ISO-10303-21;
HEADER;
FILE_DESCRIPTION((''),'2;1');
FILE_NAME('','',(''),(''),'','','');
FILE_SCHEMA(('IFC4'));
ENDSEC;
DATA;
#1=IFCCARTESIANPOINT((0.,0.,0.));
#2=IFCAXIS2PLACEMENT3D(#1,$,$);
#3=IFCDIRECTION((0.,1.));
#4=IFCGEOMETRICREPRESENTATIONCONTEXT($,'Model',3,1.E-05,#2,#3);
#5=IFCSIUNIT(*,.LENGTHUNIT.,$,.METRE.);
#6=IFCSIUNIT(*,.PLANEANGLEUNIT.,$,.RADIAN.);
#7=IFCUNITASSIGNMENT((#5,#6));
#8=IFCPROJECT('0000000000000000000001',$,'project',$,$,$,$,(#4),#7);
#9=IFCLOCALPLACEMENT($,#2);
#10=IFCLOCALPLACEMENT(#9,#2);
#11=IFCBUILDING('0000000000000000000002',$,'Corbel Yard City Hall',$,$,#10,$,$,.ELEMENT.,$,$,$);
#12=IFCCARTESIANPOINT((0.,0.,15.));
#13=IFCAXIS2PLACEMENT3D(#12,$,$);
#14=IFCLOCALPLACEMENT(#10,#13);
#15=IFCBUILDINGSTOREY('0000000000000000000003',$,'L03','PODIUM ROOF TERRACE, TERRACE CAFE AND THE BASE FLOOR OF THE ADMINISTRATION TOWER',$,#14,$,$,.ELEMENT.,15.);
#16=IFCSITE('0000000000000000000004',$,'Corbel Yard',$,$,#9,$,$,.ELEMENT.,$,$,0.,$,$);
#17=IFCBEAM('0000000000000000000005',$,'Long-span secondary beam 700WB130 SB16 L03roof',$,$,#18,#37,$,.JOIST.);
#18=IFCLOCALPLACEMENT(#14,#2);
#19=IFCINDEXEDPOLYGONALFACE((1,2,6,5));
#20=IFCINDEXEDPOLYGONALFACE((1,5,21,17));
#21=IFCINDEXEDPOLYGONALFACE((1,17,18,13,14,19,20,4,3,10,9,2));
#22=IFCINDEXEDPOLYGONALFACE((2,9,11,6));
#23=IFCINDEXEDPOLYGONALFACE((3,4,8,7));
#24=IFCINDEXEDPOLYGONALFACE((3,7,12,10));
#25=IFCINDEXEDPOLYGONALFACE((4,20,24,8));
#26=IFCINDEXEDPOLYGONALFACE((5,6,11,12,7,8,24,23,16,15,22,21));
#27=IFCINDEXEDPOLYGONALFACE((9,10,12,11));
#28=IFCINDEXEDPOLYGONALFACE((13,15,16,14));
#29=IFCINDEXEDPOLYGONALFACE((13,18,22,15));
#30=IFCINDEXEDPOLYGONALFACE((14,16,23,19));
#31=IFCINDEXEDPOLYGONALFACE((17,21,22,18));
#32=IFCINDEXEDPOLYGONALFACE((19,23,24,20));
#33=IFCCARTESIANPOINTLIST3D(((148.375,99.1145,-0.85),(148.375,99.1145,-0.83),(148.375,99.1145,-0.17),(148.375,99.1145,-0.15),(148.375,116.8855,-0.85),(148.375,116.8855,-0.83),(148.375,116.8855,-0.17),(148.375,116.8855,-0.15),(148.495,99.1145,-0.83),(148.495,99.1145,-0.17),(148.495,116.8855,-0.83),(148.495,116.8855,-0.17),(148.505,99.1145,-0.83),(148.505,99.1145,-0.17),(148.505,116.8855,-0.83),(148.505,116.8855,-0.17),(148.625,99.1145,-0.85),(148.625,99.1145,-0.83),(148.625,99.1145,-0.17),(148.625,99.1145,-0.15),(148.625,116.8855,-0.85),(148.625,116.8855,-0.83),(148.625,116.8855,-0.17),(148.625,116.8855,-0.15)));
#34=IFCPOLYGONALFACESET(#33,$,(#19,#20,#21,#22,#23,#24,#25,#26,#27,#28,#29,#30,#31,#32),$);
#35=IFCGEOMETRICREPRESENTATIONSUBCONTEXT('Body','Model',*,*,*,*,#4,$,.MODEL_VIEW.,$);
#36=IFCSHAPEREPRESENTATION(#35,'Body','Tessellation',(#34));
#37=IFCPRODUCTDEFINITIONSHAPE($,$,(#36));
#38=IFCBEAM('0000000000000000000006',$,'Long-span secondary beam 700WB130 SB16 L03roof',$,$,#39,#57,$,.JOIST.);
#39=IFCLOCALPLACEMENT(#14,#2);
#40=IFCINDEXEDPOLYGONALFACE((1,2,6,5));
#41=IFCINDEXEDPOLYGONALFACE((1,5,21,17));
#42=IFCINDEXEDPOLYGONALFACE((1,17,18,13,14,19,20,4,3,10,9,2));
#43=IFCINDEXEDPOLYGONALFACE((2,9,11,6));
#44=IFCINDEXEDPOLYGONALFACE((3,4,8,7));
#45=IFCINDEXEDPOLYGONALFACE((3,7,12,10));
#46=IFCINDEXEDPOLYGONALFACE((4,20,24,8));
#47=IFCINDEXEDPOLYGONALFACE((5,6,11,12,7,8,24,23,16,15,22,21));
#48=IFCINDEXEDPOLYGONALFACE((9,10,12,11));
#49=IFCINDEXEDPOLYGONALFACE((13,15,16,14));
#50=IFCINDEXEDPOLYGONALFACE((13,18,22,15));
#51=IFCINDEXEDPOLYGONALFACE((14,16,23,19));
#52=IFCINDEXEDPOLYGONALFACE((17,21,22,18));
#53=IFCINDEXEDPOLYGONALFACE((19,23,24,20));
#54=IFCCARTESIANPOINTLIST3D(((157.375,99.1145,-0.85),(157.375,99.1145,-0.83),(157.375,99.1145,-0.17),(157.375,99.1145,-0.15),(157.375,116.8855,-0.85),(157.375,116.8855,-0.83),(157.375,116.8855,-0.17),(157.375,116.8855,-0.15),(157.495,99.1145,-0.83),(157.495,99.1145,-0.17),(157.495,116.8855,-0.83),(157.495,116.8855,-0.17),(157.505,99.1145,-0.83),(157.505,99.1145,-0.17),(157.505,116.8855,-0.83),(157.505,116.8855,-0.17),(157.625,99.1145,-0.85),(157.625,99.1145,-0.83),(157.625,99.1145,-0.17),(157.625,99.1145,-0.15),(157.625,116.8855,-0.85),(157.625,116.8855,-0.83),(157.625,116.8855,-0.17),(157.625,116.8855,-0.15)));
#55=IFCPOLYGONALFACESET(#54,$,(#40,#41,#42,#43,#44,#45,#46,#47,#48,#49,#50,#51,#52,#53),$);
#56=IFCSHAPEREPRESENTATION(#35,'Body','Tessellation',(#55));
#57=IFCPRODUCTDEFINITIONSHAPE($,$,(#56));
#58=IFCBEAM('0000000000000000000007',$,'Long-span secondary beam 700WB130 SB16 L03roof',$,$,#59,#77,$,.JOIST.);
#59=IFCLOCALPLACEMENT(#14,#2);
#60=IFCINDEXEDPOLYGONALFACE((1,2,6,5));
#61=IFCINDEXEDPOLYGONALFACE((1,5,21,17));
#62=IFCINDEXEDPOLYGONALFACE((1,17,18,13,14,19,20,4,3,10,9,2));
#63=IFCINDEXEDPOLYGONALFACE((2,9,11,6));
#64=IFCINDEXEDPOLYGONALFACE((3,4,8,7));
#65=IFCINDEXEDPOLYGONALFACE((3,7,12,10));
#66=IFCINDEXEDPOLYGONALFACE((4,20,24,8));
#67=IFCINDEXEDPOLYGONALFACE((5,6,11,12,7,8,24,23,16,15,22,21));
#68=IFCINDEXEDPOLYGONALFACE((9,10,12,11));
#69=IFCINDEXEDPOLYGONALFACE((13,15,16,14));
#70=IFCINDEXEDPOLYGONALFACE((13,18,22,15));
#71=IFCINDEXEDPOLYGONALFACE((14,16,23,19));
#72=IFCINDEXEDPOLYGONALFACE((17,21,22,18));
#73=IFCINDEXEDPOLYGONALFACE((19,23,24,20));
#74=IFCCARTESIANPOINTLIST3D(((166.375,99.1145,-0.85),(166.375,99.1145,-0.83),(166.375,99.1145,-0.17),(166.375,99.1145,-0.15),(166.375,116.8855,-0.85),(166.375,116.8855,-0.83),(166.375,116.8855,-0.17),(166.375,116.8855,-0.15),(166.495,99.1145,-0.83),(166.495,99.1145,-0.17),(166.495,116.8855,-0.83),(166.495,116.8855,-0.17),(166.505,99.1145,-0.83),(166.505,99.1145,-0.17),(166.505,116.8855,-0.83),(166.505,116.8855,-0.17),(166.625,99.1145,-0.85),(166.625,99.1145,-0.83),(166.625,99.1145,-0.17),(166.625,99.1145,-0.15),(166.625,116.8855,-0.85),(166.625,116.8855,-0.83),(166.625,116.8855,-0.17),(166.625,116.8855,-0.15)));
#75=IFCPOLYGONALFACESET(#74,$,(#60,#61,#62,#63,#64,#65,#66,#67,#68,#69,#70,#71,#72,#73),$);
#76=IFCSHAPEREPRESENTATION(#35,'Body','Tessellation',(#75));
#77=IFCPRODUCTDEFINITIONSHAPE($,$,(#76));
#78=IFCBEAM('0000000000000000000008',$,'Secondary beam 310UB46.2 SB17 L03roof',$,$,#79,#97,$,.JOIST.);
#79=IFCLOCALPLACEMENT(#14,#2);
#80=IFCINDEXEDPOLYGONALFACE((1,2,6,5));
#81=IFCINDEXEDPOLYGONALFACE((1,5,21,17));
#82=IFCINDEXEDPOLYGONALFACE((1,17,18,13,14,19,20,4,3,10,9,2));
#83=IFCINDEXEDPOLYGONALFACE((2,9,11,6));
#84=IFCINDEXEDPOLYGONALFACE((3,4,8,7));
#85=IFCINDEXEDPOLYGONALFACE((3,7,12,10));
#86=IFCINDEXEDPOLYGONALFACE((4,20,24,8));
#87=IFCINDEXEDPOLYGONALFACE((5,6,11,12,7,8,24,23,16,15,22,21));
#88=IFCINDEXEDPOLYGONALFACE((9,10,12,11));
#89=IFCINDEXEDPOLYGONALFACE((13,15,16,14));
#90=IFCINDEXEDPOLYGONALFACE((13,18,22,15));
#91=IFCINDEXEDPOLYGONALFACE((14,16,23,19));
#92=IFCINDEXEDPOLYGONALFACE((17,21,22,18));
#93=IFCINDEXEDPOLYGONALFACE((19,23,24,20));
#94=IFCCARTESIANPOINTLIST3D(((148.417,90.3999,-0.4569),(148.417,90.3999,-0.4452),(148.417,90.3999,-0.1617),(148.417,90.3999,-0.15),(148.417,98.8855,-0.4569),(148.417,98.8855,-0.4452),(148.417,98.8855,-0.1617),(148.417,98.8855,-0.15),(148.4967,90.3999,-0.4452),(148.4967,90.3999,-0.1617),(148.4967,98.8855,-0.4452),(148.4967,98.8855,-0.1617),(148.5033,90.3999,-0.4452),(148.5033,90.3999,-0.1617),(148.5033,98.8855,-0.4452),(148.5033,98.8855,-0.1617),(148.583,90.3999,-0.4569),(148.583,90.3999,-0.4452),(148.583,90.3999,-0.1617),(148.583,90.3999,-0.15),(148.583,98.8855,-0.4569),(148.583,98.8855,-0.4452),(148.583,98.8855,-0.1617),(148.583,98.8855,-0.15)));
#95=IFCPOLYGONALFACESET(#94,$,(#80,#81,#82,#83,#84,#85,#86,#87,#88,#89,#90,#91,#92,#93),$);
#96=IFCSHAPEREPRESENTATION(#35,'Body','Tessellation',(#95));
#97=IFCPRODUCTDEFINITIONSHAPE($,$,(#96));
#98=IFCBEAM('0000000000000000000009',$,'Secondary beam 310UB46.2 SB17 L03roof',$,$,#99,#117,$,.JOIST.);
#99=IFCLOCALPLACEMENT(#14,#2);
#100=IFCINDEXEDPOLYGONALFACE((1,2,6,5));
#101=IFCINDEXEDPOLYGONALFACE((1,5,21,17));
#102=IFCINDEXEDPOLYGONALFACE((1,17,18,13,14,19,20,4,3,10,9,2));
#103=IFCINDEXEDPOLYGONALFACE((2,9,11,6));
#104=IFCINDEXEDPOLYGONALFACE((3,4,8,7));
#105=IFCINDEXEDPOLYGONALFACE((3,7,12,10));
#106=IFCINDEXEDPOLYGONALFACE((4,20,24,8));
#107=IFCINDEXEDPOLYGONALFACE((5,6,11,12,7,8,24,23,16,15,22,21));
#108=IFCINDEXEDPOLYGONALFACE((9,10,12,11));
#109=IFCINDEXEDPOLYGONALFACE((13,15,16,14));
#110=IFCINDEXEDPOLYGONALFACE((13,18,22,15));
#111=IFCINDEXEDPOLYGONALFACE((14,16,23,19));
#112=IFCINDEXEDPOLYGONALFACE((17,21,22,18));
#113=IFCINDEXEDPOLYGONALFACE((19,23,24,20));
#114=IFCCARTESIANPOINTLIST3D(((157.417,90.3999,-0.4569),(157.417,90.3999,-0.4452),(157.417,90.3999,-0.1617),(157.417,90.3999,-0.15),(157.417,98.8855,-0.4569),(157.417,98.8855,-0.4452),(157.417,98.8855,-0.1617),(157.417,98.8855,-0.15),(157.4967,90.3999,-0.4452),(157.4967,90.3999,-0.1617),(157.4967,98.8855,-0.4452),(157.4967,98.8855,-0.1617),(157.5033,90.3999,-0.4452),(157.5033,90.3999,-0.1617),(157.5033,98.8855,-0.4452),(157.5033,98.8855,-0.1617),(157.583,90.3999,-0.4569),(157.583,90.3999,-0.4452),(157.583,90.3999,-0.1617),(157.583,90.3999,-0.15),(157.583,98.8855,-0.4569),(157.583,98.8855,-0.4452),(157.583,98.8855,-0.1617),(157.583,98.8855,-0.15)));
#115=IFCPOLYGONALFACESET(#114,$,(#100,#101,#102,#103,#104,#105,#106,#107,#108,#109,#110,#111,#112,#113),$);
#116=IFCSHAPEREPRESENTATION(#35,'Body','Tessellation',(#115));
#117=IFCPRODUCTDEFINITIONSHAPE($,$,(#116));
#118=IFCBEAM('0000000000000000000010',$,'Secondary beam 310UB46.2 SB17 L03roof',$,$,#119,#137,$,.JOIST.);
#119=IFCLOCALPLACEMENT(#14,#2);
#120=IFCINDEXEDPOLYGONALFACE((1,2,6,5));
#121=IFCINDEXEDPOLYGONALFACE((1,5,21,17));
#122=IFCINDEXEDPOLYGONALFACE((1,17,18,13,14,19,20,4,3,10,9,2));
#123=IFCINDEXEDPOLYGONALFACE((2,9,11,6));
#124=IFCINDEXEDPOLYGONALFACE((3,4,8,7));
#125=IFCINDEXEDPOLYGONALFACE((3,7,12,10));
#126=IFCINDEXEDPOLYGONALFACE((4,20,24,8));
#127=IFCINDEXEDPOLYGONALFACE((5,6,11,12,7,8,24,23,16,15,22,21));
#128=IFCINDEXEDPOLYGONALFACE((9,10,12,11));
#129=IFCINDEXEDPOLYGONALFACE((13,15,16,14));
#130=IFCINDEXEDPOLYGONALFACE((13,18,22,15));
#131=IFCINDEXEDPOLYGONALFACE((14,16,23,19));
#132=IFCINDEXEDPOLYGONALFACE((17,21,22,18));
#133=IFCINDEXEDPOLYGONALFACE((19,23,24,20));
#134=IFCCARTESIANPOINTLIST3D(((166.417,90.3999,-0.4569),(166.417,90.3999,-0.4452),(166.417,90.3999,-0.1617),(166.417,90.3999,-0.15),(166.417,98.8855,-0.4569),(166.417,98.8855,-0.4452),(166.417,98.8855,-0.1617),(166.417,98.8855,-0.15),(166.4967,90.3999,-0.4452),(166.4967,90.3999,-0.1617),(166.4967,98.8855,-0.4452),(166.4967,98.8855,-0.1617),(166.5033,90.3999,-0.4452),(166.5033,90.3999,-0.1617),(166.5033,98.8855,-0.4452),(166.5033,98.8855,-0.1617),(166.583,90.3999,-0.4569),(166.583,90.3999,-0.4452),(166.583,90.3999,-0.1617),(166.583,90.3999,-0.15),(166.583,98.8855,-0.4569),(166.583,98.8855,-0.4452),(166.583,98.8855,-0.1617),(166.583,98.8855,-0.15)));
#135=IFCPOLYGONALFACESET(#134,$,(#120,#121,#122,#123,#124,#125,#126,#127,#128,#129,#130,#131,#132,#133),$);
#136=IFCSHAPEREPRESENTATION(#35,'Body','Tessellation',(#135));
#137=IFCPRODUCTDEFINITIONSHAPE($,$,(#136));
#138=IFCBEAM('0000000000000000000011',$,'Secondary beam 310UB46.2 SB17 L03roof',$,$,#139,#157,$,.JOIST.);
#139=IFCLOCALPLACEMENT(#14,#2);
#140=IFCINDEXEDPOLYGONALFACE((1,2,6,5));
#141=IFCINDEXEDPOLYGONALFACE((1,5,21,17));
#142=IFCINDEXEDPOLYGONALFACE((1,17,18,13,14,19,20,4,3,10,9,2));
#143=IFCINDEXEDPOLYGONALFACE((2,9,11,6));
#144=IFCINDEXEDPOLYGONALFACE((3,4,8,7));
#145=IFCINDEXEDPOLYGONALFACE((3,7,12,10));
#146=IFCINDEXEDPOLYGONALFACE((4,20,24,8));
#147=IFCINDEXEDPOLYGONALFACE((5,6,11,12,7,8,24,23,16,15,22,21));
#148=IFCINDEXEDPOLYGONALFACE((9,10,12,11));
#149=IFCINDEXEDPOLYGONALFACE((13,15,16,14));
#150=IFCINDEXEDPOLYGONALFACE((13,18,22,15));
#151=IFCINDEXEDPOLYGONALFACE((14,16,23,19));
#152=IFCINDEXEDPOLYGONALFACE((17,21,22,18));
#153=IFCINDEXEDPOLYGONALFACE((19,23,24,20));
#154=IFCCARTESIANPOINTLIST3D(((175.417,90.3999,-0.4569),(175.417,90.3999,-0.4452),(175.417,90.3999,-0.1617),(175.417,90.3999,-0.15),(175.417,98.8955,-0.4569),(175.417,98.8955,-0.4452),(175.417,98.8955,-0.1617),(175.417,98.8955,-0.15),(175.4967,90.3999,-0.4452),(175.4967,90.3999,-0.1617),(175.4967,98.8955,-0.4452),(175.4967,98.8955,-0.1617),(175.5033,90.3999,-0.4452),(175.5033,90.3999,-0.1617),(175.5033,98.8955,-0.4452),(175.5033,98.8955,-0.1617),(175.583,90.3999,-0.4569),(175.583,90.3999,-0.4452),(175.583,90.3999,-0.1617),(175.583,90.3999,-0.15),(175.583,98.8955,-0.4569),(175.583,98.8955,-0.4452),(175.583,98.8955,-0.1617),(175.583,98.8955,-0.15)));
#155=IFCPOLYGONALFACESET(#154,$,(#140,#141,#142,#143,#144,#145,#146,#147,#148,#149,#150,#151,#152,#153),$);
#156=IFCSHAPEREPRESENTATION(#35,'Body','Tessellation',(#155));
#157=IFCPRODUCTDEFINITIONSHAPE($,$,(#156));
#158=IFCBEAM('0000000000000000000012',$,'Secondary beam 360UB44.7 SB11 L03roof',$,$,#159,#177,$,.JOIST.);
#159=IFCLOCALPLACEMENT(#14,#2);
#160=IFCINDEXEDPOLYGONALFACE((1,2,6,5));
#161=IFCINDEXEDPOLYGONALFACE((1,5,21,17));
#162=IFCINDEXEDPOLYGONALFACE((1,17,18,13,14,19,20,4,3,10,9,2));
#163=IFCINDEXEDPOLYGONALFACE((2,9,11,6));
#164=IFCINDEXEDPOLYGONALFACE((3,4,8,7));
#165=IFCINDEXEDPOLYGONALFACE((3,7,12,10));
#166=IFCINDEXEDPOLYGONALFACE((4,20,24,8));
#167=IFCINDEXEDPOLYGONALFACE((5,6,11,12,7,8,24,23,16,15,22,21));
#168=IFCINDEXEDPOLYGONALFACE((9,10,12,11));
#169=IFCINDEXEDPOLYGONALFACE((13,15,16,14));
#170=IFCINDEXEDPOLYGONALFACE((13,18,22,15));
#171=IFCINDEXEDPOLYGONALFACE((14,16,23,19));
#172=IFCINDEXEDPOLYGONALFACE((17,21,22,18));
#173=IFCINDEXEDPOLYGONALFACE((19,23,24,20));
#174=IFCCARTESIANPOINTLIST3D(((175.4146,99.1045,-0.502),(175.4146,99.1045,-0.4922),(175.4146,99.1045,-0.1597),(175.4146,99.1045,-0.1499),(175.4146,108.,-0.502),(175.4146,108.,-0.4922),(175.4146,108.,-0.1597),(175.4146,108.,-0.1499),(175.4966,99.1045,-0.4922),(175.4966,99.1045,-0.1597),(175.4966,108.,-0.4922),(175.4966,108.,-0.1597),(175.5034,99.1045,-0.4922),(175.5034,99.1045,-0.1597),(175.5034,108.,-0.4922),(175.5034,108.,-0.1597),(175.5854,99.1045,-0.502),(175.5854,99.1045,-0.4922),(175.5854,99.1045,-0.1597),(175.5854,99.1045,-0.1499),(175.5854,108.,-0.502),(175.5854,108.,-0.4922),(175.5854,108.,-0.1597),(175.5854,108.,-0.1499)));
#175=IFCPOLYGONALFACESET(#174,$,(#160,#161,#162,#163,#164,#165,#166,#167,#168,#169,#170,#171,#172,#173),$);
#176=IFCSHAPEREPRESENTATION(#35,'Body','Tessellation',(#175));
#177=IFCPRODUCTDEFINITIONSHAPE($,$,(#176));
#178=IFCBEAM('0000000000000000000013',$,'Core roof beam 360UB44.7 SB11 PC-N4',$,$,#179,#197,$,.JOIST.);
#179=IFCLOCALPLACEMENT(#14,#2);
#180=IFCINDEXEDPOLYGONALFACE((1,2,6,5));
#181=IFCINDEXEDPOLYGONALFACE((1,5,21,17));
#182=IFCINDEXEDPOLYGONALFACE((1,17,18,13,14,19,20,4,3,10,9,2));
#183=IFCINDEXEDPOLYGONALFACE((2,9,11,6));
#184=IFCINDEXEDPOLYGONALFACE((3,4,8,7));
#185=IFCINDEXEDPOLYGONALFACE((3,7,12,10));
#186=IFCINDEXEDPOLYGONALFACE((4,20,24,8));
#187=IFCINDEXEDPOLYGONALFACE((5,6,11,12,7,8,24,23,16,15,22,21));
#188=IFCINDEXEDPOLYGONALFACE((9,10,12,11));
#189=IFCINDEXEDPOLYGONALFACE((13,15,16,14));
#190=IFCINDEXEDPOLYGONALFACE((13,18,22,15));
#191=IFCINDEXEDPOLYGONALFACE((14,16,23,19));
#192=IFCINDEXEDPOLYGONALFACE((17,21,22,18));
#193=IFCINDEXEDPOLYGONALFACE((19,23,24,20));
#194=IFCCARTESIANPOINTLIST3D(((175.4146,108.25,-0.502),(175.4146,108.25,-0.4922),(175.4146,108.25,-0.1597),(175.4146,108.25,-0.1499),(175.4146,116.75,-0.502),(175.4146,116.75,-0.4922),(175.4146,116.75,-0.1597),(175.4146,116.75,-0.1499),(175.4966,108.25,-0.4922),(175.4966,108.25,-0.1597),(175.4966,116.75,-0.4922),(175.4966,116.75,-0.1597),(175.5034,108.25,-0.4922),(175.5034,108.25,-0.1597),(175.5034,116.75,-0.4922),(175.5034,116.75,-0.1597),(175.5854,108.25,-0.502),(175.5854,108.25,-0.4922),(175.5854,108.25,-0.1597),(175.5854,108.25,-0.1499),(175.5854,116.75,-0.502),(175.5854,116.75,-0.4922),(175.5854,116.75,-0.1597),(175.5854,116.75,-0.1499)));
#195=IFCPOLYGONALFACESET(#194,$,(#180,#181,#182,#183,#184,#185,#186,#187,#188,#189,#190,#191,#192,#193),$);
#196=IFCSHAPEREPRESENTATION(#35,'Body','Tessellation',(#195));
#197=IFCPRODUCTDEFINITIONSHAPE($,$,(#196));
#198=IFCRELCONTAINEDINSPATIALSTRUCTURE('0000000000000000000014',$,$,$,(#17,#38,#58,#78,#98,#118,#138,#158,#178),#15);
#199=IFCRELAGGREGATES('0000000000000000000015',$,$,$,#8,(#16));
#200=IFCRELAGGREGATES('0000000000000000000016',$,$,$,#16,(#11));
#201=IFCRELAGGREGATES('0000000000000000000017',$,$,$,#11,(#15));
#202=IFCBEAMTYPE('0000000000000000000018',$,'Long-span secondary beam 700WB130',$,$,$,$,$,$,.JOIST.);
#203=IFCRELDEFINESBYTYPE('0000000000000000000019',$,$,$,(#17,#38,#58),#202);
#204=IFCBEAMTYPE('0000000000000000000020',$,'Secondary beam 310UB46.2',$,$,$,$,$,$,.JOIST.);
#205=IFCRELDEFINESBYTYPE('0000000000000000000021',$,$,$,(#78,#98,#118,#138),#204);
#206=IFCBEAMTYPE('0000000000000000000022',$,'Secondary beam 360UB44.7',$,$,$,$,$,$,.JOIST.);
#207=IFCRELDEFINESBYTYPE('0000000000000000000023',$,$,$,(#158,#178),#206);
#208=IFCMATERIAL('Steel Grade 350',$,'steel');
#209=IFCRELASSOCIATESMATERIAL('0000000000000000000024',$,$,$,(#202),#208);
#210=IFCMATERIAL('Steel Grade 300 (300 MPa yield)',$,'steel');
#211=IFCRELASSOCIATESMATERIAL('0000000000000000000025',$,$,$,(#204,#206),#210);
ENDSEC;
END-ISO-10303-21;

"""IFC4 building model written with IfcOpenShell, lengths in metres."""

from ifc_helpers import new_model, si_unit, direction, frame, origin, origin_2d, place, context, subcontext, project, spatial, i_section, extrude, material, material_profile, profile_set, type_object, element, save


model = new_model("IFC4")

# Units and contexts
model_context = context("Model", 3, precision=1e-05, world=origin(), true_north=direction((0.0, 1.0)))
body_context = subcontext(model_context, "Body", "Model", "MODEL_VIEW")
ifc_project = project(units=[si_unit("LENGTHUNIT", "METRE"), si_unit("PLANEANGLEUNIT", "RADIAN")], contexts=[model_context])

# Site, building, storey
site_placement = place(None, origin())
site = spatial("IfcSite", under=ifc_project, at=site_placement, Name="Corbel Yard", CompositionType="ELEMENT", RefElevation=0.0)
building_placement = place(site_placement, origin())
building = spatial("IfcBuilding", under=site, at=building_placement, Name="Corbel Yard City Hall", CompositionType="ELEMENT")
storey_placement = place(building_placement, frame((0.0, 0.0, 15.0)))
storey = spatial("IfcBuildingStorey", under=building, at=storey_placement, Name="L03", Description="PODIUM ROOF TERRACE, TERRACE CAFE AND THE BASE FLOOR OF THE ADMINISTRATION TOWER", CompositionType="ELEMENT", Elevation=15.0)

# Beams
ifc_material_1 = material(Name="Steel Grade 300 (300 MPa yield)", Category="steel")
ifc_material_2 = material(Name="Steel Grade 350", Category="steel")
ifc_material_profile_1 = material_profile(ifc_material_2, i_section(OverallWidth=0.25, OverallDepth=0.7, WebThickness=0.01, FlangeThickness=0.02, at=origin_2d()), Name="700WB130")
ifc_profile_set_1 = profile_set([ifc_material_profile_1], Name="Steel Grade 350")
beam_type_1 = type_object("IfcBeamType", Name="Long-span secondary beam 700WB130", PredefinedType="JOIST", material=ifc_profile_set_1)
for number, where, z_axis, x_axis, name in (
    (1, (148.5, 99.1145, -0.5), (0.0, 1.0, 0.0), (-1.0, 0.0, 0.0), "Long-span secondary beam 700WB130 SB16 L03roof"),
    (2, (157.5, 99.1145, -0.5), (0.0, 1.0, 0.0), (-1.0, 0.0, 0.0), "Long-span secondary beam 700WB130 SB16 L03roof"),
    (3, (166.5, 99.1145, -0.5), (0.0, 1.0, 0.0), (-1.0, 0.0, 0.0), "Long-span secondary beam 700WB130 SB16 L03roof"),
):
    element("IfcBeam", number, at=place(storey_placement, frame(where, z_axis=z_axis, x_axis=x_axis)), inside=storey, type_object=beam_type_1, Name=name, PredefinedType="JOIST", context=body_context, shape_type="SweptSolid", body=[
        extrude(i_section(OverallWidth=0.25, OverallDepth=0.7, WebThickness=0.01, FlangeThickness=0.02, at=origin_2d()), origin(), (0.0, 0.0, 1.0), 17.771),
    ])
ifc_material_profile_2 = material_profile(ifc_material_1, i_section(OverallWidth=0.166, OverallDepth=0.3069, WebThickness=0.0066, FlangeThickness=0.0117, at=origin_2d()), Name="310UB46.2")
ifc_profile_set_2 = profile_set([ifc_material_profile_2], Name="Steel Grade 300 (300 MPa yield)")
beam_type_2 = type_object("IfcBeamType", Name="Secondary beam 310UB46.2", PredefinedType="JOIST", material=ifc_profile_set_2)
for number, where, z_axis, x_axis, name in (
    (4, (148.5, 90.3999, -0.3035), (0.0, 1.0, 0.0), (-1.0, 0.0, 0.0), "Secondary beam 310UB46.2 SB17 L03roof"),
    (5, (157.5, 90.3999, -0.3035), (0.0, 1.0, 0.0), (-1.0, 0.0, 0.0), "Secondary beam 310UB46.2 SB17 L03roof"),
    (6, (166.5, 90.3999, -0.3035), (0.0, 1.0, 0.0), (-1.0, 0.0, 0.0), "Secondary beam 310UB46.2 SB17 L03roof"),
):
    element("IfcBeam", number, at=place(storey_placement, frame(where, z_axis=z_axis, x_axis=x_axis)), inside=storey, type_object=beam_type_2, Name=name, PredefinedType="JOIST", context=body_context, shape_type="SweptSolid", body=[
        extrude(i_section(OverallWidth=0.166, OverallDepth=0.3069, WebThickness=0.0066, FlangeThickness=0.0117, at=origin_2d()), origin(), (0.0, 0.0, 1.0), 8.4856),
    ])
beam_1_placement = place(storey_placement, frame((175.5, 90.3999, -0.3035), z_axis=(0.0, 1.0, 0.0), x_axis=(-1.0, 0.0, 0.0)))
element("IfcBeam", 7, at=beam_1_placement, inside=storey, type_object=beam_type_2, Name="Secondary beam 310UB46.2 SB17 L03roof", PredefinedType="JOIST", context=body_context, shape_type="SweptSolid", body=[
    extrude(i_section(OverallWidth=0.166, OverallDepth=0.3069, WebThickness=0.0066, FlangeThickness=0.0117, at=origin_2d()), origin(), (0.0, 0.0, 1.0), 8.4956),
])
ifc_material_profile_3 = material_profile(ifc_material_1, i_section(OverallWidth=0.1709, OverallDepth=0.3521, WebThickness=0.0068, FlangeThickness=0.0098, at=origin_2d()), Name="360UB44.7")
ifc_profile_set_3 = profile_set([ifc_material_profile_3], Name="Steel Grade 300 (300 MPa yield)")
beam_type_3 = type_object("IfcBeamType", Name="Secondary beam 360UB44.7", PredefinedType="JOIST", material=ifc_profile_set_3)
beam_2_placement = place(storey_placement, frame((175.5, 99.1045, -0.3259), z_axis=(0.0, 1.0, 0.0), x_axis=(-1.0, 0.0, 0.0)))
element("IfcBeam", 8, at=beam_2_placement, inside=storey, type_object=beam_type_3, Name="Secondary beam 360UB44.7 SB11 L03roof", PredefinedType="JOIST", context=body_context, shape_type="SweptSolid", body=[
    extrude(i_section(OverallWidth=0.1709, OverallDepth=0.3521, WebThickness=0.0068, FlangeThickness=0.0098, at=origin_2d()), origin(), (0.0, 0.0, 1.0), 8.8955),
])
beam_3_placement = place(storey_placement, frame((175.5, 108.25, -0.3259), z_axis=(0.0, 1.0, 0.0), x_axis=(-1.0, 0.0, 0.0)))
element("IfcBeam", 9, at=beam_3_placement, inside=storey, type_object=beam_type_3, Name="Core roof beam 360UB44.7 SB11 PC-N4", PredefinedType="JOIST", context=body_context, shape_type="SweptSolid", body=[
    extrude(i_section(OverallWidth=0.1709, OverallDepth=0.3521, WebThickness=0.0068, FlangeThickness=0.0098, at=origin_2d()), origin(), (0.0, 0.0, 1.0), 8.5),
])

save(model, "model.ifc")
